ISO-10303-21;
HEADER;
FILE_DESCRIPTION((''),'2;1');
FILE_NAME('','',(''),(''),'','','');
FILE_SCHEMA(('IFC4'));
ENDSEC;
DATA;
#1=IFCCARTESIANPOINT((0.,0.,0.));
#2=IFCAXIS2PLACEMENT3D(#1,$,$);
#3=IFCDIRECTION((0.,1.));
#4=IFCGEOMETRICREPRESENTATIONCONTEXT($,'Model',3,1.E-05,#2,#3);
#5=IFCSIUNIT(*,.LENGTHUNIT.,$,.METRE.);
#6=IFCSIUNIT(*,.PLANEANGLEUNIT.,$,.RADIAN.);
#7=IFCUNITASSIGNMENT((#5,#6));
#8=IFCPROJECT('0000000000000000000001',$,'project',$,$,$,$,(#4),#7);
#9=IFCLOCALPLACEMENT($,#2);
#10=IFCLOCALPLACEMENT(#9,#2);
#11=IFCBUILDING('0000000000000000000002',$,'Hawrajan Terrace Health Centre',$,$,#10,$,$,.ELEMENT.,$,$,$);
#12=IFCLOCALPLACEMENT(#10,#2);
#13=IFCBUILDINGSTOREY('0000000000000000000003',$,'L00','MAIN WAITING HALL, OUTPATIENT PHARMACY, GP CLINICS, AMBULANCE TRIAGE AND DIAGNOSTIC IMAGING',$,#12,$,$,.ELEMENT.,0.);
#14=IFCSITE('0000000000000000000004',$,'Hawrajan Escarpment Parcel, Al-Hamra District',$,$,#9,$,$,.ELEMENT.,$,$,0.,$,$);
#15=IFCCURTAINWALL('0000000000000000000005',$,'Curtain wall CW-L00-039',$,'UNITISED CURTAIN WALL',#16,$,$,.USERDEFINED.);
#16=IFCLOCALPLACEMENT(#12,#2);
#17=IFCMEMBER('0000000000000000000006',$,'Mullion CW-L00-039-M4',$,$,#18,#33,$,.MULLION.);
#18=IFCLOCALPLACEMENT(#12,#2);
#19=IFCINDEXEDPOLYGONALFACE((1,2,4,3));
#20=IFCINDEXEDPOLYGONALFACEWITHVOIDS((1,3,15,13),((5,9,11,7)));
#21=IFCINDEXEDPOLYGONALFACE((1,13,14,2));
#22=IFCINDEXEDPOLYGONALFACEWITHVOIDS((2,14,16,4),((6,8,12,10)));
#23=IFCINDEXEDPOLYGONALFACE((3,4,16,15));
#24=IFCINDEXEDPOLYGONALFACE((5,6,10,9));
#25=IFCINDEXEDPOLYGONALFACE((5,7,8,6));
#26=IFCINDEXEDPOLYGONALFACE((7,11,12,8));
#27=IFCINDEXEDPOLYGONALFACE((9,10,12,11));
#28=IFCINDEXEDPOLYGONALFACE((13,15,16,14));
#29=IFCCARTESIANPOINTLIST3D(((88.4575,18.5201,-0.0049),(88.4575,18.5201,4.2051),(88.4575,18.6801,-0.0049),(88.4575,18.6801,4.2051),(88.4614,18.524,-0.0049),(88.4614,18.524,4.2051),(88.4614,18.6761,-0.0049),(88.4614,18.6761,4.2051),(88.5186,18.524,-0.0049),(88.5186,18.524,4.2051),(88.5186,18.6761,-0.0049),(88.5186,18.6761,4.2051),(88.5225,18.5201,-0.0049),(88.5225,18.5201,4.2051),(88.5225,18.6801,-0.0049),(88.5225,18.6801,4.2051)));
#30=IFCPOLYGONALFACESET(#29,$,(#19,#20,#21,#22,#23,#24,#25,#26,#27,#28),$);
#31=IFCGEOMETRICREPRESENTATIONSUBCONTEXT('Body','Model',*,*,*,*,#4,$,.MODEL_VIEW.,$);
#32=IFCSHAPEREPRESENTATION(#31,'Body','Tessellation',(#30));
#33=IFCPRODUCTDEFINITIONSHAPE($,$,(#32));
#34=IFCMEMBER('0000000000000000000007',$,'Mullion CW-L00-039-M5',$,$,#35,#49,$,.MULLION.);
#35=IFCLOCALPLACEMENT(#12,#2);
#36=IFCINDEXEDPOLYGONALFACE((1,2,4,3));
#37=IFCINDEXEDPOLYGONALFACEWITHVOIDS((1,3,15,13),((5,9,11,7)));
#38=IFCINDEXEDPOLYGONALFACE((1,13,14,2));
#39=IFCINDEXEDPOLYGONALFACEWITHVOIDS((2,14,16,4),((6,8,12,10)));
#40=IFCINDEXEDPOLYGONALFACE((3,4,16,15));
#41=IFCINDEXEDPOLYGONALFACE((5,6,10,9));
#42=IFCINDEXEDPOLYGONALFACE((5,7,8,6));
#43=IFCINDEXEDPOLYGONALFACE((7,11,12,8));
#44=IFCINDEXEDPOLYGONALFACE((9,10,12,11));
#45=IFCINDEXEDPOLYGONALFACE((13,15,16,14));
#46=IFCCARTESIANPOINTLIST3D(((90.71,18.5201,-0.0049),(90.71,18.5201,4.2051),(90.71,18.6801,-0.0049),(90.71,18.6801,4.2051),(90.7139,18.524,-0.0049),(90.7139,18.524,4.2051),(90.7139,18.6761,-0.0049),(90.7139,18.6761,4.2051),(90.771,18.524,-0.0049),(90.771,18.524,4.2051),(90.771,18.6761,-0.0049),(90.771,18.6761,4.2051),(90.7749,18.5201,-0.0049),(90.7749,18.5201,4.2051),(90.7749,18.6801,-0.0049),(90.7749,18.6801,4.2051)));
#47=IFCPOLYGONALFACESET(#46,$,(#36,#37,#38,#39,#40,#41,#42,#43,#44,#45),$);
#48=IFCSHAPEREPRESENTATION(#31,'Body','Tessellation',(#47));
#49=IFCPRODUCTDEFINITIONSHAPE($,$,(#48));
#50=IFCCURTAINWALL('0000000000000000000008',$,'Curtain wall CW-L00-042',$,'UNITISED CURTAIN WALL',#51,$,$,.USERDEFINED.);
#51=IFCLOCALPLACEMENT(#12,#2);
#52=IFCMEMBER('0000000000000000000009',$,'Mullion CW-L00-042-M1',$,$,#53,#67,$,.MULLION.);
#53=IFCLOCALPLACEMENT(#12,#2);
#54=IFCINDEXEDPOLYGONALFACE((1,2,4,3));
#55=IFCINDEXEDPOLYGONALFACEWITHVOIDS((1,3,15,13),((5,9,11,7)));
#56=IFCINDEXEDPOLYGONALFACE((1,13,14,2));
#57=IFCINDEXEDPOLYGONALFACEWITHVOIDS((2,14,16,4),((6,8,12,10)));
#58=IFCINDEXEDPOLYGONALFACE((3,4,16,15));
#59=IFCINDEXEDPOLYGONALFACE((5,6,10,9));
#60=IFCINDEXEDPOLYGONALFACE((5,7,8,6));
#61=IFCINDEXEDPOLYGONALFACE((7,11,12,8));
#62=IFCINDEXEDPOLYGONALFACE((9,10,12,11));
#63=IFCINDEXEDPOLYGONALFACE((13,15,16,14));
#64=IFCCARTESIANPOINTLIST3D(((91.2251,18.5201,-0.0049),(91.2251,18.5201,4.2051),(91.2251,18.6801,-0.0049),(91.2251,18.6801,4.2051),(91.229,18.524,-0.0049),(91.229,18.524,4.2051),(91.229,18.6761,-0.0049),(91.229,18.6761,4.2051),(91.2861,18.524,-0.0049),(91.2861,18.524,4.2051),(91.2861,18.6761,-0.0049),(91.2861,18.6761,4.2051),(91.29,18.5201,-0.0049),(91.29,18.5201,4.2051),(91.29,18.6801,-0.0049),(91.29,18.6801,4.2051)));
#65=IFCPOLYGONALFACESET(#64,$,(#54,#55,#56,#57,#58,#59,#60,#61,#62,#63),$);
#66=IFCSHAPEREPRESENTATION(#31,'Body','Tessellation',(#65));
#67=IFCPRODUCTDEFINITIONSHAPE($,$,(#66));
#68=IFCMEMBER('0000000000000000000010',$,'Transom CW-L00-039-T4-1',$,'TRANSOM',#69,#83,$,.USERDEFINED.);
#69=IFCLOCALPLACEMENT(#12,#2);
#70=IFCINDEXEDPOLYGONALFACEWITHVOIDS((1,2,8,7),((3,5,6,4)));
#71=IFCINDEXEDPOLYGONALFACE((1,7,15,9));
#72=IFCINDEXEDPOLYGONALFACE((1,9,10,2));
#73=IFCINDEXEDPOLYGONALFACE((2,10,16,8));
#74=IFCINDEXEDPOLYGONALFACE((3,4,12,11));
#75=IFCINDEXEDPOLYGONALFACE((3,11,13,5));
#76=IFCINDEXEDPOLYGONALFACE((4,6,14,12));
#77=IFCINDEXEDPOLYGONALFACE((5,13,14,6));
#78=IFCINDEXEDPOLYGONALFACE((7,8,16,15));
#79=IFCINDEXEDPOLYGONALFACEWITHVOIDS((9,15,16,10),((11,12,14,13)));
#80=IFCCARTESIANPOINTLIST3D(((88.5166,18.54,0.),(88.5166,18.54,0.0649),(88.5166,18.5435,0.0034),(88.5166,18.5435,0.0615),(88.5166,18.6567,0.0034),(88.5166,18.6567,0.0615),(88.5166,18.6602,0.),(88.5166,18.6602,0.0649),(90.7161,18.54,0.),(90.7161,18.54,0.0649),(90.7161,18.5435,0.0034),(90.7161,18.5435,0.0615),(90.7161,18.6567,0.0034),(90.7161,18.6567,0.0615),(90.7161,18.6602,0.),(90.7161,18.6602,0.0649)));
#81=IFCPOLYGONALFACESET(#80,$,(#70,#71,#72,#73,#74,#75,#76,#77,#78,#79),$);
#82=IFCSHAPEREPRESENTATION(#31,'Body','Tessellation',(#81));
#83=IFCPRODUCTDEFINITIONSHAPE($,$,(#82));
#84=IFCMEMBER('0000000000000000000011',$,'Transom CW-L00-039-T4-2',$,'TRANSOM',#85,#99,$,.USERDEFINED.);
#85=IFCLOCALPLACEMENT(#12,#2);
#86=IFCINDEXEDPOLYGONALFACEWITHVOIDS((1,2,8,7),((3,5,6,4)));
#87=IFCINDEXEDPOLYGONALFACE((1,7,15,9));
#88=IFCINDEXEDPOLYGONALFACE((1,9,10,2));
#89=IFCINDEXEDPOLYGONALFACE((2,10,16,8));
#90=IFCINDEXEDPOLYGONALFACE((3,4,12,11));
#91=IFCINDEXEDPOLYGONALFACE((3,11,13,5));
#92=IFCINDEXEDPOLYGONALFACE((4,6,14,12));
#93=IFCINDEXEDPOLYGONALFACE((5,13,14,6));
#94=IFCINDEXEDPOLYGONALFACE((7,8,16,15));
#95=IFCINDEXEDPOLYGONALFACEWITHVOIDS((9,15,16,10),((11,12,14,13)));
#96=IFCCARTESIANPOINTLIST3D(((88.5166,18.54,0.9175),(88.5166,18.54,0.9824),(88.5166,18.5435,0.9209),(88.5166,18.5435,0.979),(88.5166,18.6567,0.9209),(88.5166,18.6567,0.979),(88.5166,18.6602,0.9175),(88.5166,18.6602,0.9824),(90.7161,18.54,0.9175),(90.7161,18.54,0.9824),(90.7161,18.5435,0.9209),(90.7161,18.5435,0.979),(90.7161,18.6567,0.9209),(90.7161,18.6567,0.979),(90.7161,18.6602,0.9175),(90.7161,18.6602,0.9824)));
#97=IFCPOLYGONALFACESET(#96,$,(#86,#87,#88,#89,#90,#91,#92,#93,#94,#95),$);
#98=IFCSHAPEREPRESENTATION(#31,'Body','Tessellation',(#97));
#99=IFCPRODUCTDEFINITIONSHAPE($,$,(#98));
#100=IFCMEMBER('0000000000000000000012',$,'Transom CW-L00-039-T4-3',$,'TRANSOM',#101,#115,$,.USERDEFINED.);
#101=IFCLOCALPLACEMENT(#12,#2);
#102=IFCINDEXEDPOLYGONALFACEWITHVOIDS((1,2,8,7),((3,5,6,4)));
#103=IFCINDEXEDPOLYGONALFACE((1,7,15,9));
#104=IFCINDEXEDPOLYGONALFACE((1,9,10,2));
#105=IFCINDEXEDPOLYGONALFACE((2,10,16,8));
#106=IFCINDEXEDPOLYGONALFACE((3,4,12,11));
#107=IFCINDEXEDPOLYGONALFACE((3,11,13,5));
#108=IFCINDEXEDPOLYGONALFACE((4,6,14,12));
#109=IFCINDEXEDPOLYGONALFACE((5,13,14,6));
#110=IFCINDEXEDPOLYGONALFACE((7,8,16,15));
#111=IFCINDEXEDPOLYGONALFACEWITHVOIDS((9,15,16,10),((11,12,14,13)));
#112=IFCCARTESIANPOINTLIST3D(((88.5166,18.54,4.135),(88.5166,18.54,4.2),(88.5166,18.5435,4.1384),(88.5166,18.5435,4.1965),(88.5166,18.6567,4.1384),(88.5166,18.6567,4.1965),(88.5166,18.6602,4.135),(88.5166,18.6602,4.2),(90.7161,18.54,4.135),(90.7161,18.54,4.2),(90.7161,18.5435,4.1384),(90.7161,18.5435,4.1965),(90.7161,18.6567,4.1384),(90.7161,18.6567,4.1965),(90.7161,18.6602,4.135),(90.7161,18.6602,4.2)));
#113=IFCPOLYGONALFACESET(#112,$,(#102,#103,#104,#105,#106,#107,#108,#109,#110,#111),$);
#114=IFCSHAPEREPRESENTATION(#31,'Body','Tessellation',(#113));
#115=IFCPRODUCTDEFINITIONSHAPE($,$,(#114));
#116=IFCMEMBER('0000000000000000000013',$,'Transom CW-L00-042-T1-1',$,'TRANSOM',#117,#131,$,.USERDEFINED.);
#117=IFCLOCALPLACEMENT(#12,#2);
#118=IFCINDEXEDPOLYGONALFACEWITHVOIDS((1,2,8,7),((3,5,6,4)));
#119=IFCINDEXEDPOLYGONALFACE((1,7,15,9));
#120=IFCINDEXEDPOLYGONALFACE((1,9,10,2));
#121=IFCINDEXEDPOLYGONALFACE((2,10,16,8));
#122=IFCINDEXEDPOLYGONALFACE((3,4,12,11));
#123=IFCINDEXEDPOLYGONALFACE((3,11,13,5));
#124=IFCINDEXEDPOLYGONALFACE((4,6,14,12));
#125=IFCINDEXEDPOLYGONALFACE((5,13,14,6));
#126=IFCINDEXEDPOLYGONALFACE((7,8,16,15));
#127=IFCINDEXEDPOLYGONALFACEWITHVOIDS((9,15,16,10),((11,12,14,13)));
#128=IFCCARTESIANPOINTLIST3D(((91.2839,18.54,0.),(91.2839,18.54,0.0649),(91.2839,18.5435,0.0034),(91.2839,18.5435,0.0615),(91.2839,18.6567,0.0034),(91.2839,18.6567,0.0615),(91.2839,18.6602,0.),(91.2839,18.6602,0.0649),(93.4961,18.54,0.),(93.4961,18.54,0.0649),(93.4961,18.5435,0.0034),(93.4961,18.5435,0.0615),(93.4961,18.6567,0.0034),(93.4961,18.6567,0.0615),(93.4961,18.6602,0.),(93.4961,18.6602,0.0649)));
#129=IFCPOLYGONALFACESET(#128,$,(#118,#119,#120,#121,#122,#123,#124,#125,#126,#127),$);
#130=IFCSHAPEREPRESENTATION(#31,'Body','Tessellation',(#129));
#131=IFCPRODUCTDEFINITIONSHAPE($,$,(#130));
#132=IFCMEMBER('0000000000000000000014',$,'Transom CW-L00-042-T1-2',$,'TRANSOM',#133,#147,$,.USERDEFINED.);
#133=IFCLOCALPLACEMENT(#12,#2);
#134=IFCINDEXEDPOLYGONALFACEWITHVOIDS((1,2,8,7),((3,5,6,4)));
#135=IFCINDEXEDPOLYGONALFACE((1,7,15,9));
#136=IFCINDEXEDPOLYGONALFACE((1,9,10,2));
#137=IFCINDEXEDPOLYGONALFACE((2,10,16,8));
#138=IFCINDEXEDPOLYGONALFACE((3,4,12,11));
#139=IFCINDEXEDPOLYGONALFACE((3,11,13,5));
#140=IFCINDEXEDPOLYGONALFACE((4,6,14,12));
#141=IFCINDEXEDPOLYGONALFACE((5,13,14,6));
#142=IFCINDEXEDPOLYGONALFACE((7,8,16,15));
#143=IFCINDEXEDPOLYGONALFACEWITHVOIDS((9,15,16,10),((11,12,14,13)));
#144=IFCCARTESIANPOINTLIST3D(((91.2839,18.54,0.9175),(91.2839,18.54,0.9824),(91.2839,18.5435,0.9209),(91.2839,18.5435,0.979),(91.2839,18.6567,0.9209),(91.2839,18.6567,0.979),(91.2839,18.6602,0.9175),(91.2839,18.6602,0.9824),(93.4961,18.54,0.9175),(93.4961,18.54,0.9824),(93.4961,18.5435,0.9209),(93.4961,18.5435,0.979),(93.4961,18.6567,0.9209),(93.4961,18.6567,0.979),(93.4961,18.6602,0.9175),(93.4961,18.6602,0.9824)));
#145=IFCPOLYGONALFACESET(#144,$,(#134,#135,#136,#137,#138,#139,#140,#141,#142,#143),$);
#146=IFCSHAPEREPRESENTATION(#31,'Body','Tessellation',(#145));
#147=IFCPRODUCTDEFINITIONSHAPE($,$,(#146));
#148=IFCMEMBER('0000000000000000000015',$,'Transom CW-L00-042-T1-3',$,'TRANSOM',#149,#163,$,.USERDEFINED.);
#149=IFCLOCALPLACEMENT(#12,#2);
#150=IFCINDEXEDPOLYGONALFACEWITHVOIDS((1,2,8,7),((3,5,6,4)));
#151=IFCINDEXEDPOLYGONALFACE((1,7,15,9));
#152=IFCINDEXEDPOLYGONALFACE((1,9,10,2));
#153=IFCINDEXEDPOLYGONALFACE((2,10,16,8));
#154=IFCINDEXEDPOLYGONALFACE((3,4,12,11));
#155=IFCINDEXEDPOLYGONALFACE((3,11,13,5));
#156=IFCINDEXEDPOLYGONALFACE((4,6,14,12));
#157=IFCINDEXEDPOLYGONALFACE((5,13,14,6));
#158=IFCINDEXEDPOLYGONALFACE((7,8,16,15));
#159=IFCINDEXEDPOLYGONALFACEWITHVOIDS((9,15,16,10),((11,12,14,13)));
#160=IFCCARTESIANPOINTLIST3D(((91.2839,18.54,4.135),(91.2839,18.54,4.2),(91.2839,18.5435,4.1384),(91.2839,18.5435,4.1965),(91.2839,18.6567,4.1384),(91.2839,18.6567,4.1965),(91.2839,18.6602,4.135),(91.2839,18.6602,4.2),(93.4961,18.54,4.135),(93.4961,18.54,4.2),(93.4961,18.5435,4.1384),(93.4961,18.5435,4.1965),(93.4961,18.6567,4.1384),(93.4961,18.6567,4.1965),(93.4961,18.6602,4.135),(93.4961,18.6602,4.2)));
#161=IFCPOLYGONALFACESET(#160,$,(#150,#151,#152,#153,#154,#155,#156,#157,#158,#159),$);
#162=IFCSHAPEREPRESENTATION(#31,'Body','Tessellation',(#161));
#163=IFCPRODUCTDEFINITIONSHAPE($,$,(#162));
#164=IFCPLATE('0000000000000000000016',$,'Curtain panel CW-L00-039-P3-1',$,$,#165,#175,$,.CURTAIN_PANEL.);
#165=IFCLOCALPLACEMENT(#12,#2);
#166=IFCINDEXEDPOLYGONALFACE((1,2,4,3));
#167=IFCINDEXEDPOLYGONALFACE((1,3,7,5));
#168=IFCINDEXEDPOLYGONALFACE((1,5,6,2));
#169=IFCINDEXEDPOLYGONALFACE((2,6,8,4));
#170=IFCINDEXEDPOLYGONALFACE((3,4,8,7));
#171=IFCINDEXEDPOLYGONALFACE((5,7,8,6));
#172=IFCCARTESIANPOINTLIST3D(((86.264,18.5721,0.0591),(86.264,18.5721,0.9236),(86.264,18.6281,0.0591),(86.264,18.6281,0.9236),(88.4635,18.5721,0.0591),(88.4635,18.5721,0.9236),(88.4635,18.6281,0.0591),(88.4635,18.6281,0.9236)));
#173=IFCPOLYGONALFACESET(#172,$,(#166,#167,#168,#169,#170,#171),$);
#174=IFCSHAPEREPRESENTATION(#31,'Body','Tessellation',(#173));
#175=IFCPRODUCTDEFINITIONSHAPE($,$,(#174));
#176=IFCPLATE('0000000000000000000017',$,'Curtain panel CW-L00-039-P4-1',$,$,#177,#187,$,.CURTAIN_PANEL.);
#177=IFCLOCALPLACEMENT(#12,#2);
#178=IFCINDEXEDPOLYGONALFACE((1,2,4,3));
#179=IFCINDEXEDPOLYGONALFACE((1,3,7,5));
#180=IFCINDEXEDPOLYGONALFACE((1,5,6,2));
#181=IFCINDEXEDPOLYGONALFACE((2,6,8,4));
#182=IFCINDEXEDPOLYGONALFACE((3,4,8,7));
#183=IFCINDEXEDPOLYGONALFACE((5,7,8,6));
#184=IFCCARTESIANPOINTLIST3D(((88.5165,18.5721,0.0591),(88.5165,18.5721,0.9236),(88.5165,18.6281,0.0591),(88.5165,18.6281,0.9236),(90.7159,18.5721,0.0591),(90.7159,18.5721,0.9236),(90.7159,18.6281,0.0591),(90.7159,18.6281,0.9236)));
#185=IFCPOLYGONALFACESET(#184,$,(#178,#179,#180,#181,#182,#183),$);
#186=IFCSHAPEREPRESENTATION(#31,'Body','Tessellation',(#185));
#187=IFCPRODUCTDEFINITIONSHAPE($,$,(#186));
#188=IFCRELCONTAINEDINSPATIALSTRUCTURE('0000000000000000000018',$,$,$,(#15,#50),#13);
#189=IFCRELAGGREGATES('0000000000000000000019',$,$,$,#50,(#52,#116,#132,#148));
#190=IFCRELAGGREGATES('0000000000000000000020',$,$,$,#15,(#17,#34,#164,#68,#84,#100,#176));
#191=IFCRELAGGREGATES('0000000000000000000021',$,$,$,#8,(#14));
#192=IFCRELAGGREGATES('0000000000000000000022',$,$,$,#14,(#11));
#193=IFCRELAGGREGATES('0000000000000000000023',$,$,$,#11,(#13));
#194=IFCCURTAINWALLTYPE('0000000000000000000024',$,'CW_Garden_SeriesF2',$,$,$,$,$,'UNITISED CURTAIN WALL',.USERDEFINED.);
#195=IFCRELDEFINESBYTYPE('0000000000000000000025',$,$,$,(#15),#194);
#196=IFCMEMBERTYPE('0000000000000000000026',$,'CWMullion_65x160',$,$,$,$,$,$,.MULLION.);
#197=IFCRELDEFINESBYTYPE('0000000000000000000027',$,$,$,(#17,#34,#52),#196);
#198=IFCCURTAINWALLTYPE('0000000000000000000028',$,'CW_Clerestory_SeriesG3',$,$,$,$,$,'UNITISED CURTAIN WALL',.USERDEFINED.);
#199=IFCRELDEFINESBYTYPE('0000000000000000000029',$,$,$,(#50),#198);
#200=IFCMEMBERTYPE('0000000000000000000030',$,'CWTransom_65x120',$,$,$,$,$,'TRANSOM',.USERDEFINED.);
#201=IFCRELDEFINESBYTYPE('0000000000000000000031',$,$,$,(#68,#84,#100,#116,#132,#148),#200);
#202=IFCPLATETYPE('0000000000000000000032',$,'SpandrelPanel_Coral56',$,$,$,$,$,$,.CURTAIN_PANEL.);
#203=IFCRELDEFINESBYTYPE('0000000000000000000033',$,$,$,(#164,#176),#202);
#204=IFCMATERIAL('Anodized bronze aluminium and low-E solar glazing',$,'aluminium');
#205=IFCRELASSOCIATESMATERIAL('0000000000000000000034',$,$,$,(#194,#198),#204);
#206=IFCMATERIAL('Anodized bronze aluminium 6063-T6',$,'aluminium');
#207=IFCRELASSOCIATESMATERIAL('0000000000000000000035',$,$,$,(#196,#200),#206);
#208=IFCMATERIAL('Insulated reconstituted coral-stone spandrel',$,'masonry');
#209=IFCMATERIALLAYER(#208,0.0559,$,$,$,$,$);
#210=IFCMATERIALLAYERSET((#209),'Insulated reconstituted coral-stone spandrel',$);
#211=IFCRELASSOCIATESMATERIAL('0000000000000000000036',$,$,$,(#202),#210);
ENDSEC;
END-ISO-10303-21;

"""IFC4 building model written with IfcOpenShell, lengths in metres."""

from ifc_helpers import new_model, si_unit, direction, frame, origin, origin_2d, place, context, subcontext, project, spatial, rectangle, hollow_rectangle, extrude, material, layer, layer_set, material_profile, profile_set, type_object, element, aggregate, save


model = new_model("IFC4")

# Units and contexts
model_context = context("Model", 3, precision=1e-05, world=origin(), true_north=direction((0.0, 1.0)))
body_context = subcontext(model_context, "Body", "Model", "MODEL_VIEW")
ifc_project = project(units=[si_unit("LENGTHUNIT", "METRE"), si_unit("PLANEANGLEUNIT", "RADIAN")], contexts=[model_context])

# Site, building, storey
site_placement = place(None, origin())
site = spatial("IfcSite", under=ifc_project, at=site_placement, Name="Hawrajan Escarpment Parcel, Al-Hamra District", CompositionType="ELEMENT", RefElevation=0.0)
building_placement = place(site_placement, origin())
building = spatial("IfcBuilding", under=site, at=building_placement, Name="Hawrajan Terrace Health Centre", CompositionType="ELEMENT")
storey_placement = place(building_placement, origin())
storey = spatial("IfcBuildingStorey", under=building, at=storey_placement, Name="L00", Description="MAIN WAITING HALL, OUTPATIENT PHARMACY, GP CLINICS, AMBULANCE TRIAGE AND DIAGNOSTIC IMAGING", CompositionType="ELEMENT", Elevation=0.0)

# Curtain wall, members
ifc_material_1 = material(Name="Anodized bronze aluminium and low-E solar glazing", Category="aluminium")
curtain_wall_type_1 = type_object("IfcCurtainWallType", Name="CW_Garden_SeriesF2", ElementType="UNITISED CURTAIN WALL", PredefinedType="USERDEFINED", material=ifc_material_1)
curtain_wall_1_placement = place(storey_placement, origin())
curtain_wall_1 = element("IfcCurtainWall", 1, at=curtain_wall_1_placement, inside=storey, type_object=curtain_wall_type_1, Name="Curtain wall CW-L00-039", ObjectType="UNITISED CURTAIN WALL", PredefinedType="USERDEFINED")
ifc_material_2 = material(Name="Anodized bronze aluminium 6063-T6", Category="aluminium")
ifc_material_profile_1 = material_profile(ifc_material_2, hollow_rectangle(XDim=0.0649, YDim=0.1599, WallThickness=0.0039, at=origin_2d()), Name="CW MUL 65x160")
ifc_profile_set_1 = profile_set([ifc_material_profile_1], Name="Anodized bronze aluminium 6063-T6")
member_type_1 = type_object("IfcMemberType", Name="CWMullion_65x160", PredefinedType="MULLION", material=ifc_profile_set_1)
member_1_placement = place(storey_placement, frame((88.49, 18.6001, -0.0049), z_axis=(0.0, 0.0, 1.0), x_axis=(1.0, 0.0, 0.0)))
member_1 = element("IfcMember", 2, at=member_1_placement, type_object=member_type_1, Name="Mullion CW-L00-039-M4", PredefinedType="MULLION", context=body_context, shape_type="SweptSolid", body=[
    extrude(hollow_rectangle(XDim=0.0649, YDim=0.1599, WallThickness=0.0039, at=origin_2d()), origin(), (0.0, 0.0, 1.0), 4.21),
])
member_2_placement = place(storey_placement, frame((90.7424, 18.6001, -0.0049), z_axis=(0.0, 0.0, 1.0), x_axis=(1.0, 0.0, 0.0)))
member_2 = element("IfcMember", 3, at=member_2_placement, type_object=member_type_1, Name="Mullion CW-L00-039-M5", PredefinedType="MULLION", context=body_context, shape_type="SweptSolid", body=[
    extrude(hollow_rectangle(XDim=0.0649, YDim=0.1599, WallThickness=0.0039, at=origin_2d()), origin(), (0.0, 0.0, 1.0), 4.21),
])

# Curtain wall, member
curtain_wall_type_2 = type_object("IfcCurtainWallType", Name="CW_Clerestory_SeriesG3", ElementType="UNITISED CURTAIN WALL", PredefinedType="USERDEFINED", material=ifc_material_1)
curtain_wall_2_placement = place(storey_placement, origin())
curtain_wall_2 = element("IfcCurtainWall", 4, at=curtain_wall_2_placement, inside=storey, type_object=curtain_wall_type_2, Name="Curtain wall CW-L00-042", ObjectType="UNITISED CURTAIN WALL", PredefinedType="USERDEFINED")
member_3_placement = place(storey_placement, frame((91.2576, 18.6001, -0.0049), z_axis=(0.0, 0.0, 1.0), x_axis=(1.0, 0.0, 0.0)))
member_3 = element("IfcMember", 5, at=member_3_placement, type_object=member_type_1, Name="Mullion CW-L00-042-M1", PredefinedType="MULLION", context=body_context, shape_type="SweptSolid", body=[
    extrude(hollow_rectangle(XDim=0.0649, YDim=0.1599, WallThickness=0.0039, at=origin_2d()), origin(), (0.0, 0.0, 1.0), 4.21),
])

# Members
ifc_material_profile_2 = material_profile(ifc_material_2, hollow_rectangle(XDim=0.0649, YDim=0.1201, WallThickness=0.0034, at=origin_2d()), Name="CW TRN 65x120")
ifc_profile_set_2 = profile_set([ifc_material_profile_2], Name="Anodized bronze aluminium 6063-T6")
member_type_2 = type_object("IfcMemberType", Name="CWTransom_65x120", ElementType="TRANSOM", PredefinedType="USERDEFINED", material=ifc_profile_set_2)
member_4_placement = place(storey_placement, frame((88.5166, 18.6001, 0.0325), z_axis=(1.0, 0.0, 0.0), x_axis=(0.0, 0.0, 1.0)))
member_4 = element("IfcMember", 6, at=member_4_placement, type_object=member_type_2, Name="Transom CW-L00-039-T4-1", ObjectType="TRANSOM", PredefinedType="USERDEFINED", context=body_context, shape_type="SweptSolid", body=[
    extrude(hollow_rectangle(XDim=0.0649, YDim=0.1201, WallThickness=0.0034, at=origin_2d()), origin(), (0.0, 0.0, 1.0), 2.1995),
])
member_5_placement = place(storey_placement, frame((88.5166, 18.6001, 0.95), z_axis=(1.0, 0.0, 0.0), x_axis=(0.0, 0.0, 1.0)))
member_5 = element("IfcMember", 7, at=member_5_placement, type_object=member_type_2, Name="Transom CW-L00-039-T4-2", ObjectType="TRANSOM", PredefinedType="USERDEFINED", context=body_context, shape_type="SweptSolid", body=[
    extrude(hollow_rectangle(XDim=0.0649, YDim=0.1201, WallThickness=0.0034, at=origin_2d()), origin(), (0.0, 0.0, 1.0), 2.1995),
])
member_6_placement = place(storey_placement, frame((88.5166, 18.6001, 4.1675), z_axis=(1.0, 0.0, 0.0), x_axis=(0.0, 0.0, 1.0)))
member_6 = element("IfcMember", 8, at=member_6_placement, type_object=member_type_2, Name="Transom CW-L00-039-T4-3", ObjectType="TRANSOM", PredefinedType="USERDEFINED", context=body_context, shape_type="SweptSolid", body=[
    extrude(hollow_rectangle(XDim=0.0649, YDim=0.1201, WallThickness=0.0034, at=origin_2d()), origin(), (0.0, 0.0, 1.0), 2.1995),
])
member_7_placement = place(storey_placement, frame((91.2839, 18.6001, 0.0325), z_axis=(1.0, 0.0, 0.0), x_axis=(0.0, 0.0, 1.0)))
member_7 = element("IfcMember", 9, at=member_7_placement, type_object=member_type_2, Name="Transom CW-L00-042-T1-1", ObjectType="TRANSOM", PredefinedType="USERDEFINED", context=body_context, shape_type="SweptSolid", body=[
    extrude(hollow_rectangle(XDim=0.0649, YDim=0.1201, WallThickness=0.0034, at=origin_2d()), origin(), (0.0, 0.0, 1.0), 2.2122),
])
member_8_placement = place(storey_placement, frame((91.2839, 18.6001, 0.95), z_axis=(1.0, 0.0, 0.0), x_axis=(0.0, 0.0, 1.0)))
member_8 = element("IfcMember", 10, at=member_8_placement, type_object=member_type_2, Name="Transom CW-L00-042-T1-2", ObjectType="TRANSOM", PredefinedType="USERDEFINED", context=body_context, shape_type="SweptSolid", body=[
    extrude(hollow_rectangle(XDim=0.0649, YDim=0.1201, WallThickness=0.0034, at=origin_2d()), origin(), (0.0, 0.0, 1.0), 2.2122),
])
member_9_placement = place(storey_placement, frame((91.2839, 18.6001, 4.1675), z_axis=(1.0, 0.0, 0.0), x_axis=(0.0, 0.0, 1.0)))
member_9 = element("IfcMember", 11, at=member_9_placement, type_object=member_type_2, Name="Transom CW-L00-042-T1-3", ObjectType="TRANSOM", PredefinedType="USERDEFINED", context=body_context, shape_type="SweptSolid", body=[
    extrude(hollow_rectangle(XDim=0.0649, YDim=0.1201, WallThickness=0.0034, at=origin_2d()), origin(), (0.0, 0.0, 1.0), 2.2122),
])
aggregate(curtain_wall_2, [member_3, member_7, member_8, member_9])

# Plates
ifc_material_3 = material(Name="Insulated reconstituted coral-stone spandrel", Category="masonry")
ifc_layer_1 = layer(ifc_material_3, 0.0559)
ifc_layer_set_1 = layer_set([ifc_layer_1], Name="Insulated reconstituted coral-stone spandrel")
plate_type_1 = type_object("IfcPlateType", Name="SpandrelPanel_Coral56", PredefinedType="CURTAIN_PANEL", material=ifc_layer_set_1)
plate_1_placement = place(storey_placement, frame((87.3638, 18.6001, 0.0591), z_axis=(0.0, 0.0, 1.0), x_axis=(1.0, 0.0, 0.0)))
plate_1 = element("IfcPlate", 12, at=plate_1_placement, type_object=plate_type_1, Name="Curtain panel CW-L00-039-P3-1", PredefinedType="CURTAIN_PANEL", context=body_context, shape_type="SweptSolid", body=[
    extrude(rectangle(XDim=2.1995, YDim=0.0559, at=origin_2d()), origin(), (0.0, 0.0, 1.0), 0.8645),
])
plate_2_placement = place(storey_placement, frame((89.6162, 18.6001, 0.0591), z_axis=(0.0, 0.0, 1.0), x_axis=(1.0, 0.0, 0.0)))
plate_2 = element("IfcPlate", 13, at=plate_2_placement, type_object=plate_type_1, Name="Curtain panel CW-L00-039-P4-1", PredefinedType="CURTAIN_PANEL", context=body_context, shape_type="SweptSolid", body=[
    extrude(rectangle(XDim=2.1995, YDim=0.0559, at=origin_2d()), origin(), (0.0, 0.0, 1.0), 0.8645),
])
aggregate(curtain_wall_1, [member_1, member_2, plate_1, member_4, member_5, member_6, plate_2])

save(model, "model.ifc")
